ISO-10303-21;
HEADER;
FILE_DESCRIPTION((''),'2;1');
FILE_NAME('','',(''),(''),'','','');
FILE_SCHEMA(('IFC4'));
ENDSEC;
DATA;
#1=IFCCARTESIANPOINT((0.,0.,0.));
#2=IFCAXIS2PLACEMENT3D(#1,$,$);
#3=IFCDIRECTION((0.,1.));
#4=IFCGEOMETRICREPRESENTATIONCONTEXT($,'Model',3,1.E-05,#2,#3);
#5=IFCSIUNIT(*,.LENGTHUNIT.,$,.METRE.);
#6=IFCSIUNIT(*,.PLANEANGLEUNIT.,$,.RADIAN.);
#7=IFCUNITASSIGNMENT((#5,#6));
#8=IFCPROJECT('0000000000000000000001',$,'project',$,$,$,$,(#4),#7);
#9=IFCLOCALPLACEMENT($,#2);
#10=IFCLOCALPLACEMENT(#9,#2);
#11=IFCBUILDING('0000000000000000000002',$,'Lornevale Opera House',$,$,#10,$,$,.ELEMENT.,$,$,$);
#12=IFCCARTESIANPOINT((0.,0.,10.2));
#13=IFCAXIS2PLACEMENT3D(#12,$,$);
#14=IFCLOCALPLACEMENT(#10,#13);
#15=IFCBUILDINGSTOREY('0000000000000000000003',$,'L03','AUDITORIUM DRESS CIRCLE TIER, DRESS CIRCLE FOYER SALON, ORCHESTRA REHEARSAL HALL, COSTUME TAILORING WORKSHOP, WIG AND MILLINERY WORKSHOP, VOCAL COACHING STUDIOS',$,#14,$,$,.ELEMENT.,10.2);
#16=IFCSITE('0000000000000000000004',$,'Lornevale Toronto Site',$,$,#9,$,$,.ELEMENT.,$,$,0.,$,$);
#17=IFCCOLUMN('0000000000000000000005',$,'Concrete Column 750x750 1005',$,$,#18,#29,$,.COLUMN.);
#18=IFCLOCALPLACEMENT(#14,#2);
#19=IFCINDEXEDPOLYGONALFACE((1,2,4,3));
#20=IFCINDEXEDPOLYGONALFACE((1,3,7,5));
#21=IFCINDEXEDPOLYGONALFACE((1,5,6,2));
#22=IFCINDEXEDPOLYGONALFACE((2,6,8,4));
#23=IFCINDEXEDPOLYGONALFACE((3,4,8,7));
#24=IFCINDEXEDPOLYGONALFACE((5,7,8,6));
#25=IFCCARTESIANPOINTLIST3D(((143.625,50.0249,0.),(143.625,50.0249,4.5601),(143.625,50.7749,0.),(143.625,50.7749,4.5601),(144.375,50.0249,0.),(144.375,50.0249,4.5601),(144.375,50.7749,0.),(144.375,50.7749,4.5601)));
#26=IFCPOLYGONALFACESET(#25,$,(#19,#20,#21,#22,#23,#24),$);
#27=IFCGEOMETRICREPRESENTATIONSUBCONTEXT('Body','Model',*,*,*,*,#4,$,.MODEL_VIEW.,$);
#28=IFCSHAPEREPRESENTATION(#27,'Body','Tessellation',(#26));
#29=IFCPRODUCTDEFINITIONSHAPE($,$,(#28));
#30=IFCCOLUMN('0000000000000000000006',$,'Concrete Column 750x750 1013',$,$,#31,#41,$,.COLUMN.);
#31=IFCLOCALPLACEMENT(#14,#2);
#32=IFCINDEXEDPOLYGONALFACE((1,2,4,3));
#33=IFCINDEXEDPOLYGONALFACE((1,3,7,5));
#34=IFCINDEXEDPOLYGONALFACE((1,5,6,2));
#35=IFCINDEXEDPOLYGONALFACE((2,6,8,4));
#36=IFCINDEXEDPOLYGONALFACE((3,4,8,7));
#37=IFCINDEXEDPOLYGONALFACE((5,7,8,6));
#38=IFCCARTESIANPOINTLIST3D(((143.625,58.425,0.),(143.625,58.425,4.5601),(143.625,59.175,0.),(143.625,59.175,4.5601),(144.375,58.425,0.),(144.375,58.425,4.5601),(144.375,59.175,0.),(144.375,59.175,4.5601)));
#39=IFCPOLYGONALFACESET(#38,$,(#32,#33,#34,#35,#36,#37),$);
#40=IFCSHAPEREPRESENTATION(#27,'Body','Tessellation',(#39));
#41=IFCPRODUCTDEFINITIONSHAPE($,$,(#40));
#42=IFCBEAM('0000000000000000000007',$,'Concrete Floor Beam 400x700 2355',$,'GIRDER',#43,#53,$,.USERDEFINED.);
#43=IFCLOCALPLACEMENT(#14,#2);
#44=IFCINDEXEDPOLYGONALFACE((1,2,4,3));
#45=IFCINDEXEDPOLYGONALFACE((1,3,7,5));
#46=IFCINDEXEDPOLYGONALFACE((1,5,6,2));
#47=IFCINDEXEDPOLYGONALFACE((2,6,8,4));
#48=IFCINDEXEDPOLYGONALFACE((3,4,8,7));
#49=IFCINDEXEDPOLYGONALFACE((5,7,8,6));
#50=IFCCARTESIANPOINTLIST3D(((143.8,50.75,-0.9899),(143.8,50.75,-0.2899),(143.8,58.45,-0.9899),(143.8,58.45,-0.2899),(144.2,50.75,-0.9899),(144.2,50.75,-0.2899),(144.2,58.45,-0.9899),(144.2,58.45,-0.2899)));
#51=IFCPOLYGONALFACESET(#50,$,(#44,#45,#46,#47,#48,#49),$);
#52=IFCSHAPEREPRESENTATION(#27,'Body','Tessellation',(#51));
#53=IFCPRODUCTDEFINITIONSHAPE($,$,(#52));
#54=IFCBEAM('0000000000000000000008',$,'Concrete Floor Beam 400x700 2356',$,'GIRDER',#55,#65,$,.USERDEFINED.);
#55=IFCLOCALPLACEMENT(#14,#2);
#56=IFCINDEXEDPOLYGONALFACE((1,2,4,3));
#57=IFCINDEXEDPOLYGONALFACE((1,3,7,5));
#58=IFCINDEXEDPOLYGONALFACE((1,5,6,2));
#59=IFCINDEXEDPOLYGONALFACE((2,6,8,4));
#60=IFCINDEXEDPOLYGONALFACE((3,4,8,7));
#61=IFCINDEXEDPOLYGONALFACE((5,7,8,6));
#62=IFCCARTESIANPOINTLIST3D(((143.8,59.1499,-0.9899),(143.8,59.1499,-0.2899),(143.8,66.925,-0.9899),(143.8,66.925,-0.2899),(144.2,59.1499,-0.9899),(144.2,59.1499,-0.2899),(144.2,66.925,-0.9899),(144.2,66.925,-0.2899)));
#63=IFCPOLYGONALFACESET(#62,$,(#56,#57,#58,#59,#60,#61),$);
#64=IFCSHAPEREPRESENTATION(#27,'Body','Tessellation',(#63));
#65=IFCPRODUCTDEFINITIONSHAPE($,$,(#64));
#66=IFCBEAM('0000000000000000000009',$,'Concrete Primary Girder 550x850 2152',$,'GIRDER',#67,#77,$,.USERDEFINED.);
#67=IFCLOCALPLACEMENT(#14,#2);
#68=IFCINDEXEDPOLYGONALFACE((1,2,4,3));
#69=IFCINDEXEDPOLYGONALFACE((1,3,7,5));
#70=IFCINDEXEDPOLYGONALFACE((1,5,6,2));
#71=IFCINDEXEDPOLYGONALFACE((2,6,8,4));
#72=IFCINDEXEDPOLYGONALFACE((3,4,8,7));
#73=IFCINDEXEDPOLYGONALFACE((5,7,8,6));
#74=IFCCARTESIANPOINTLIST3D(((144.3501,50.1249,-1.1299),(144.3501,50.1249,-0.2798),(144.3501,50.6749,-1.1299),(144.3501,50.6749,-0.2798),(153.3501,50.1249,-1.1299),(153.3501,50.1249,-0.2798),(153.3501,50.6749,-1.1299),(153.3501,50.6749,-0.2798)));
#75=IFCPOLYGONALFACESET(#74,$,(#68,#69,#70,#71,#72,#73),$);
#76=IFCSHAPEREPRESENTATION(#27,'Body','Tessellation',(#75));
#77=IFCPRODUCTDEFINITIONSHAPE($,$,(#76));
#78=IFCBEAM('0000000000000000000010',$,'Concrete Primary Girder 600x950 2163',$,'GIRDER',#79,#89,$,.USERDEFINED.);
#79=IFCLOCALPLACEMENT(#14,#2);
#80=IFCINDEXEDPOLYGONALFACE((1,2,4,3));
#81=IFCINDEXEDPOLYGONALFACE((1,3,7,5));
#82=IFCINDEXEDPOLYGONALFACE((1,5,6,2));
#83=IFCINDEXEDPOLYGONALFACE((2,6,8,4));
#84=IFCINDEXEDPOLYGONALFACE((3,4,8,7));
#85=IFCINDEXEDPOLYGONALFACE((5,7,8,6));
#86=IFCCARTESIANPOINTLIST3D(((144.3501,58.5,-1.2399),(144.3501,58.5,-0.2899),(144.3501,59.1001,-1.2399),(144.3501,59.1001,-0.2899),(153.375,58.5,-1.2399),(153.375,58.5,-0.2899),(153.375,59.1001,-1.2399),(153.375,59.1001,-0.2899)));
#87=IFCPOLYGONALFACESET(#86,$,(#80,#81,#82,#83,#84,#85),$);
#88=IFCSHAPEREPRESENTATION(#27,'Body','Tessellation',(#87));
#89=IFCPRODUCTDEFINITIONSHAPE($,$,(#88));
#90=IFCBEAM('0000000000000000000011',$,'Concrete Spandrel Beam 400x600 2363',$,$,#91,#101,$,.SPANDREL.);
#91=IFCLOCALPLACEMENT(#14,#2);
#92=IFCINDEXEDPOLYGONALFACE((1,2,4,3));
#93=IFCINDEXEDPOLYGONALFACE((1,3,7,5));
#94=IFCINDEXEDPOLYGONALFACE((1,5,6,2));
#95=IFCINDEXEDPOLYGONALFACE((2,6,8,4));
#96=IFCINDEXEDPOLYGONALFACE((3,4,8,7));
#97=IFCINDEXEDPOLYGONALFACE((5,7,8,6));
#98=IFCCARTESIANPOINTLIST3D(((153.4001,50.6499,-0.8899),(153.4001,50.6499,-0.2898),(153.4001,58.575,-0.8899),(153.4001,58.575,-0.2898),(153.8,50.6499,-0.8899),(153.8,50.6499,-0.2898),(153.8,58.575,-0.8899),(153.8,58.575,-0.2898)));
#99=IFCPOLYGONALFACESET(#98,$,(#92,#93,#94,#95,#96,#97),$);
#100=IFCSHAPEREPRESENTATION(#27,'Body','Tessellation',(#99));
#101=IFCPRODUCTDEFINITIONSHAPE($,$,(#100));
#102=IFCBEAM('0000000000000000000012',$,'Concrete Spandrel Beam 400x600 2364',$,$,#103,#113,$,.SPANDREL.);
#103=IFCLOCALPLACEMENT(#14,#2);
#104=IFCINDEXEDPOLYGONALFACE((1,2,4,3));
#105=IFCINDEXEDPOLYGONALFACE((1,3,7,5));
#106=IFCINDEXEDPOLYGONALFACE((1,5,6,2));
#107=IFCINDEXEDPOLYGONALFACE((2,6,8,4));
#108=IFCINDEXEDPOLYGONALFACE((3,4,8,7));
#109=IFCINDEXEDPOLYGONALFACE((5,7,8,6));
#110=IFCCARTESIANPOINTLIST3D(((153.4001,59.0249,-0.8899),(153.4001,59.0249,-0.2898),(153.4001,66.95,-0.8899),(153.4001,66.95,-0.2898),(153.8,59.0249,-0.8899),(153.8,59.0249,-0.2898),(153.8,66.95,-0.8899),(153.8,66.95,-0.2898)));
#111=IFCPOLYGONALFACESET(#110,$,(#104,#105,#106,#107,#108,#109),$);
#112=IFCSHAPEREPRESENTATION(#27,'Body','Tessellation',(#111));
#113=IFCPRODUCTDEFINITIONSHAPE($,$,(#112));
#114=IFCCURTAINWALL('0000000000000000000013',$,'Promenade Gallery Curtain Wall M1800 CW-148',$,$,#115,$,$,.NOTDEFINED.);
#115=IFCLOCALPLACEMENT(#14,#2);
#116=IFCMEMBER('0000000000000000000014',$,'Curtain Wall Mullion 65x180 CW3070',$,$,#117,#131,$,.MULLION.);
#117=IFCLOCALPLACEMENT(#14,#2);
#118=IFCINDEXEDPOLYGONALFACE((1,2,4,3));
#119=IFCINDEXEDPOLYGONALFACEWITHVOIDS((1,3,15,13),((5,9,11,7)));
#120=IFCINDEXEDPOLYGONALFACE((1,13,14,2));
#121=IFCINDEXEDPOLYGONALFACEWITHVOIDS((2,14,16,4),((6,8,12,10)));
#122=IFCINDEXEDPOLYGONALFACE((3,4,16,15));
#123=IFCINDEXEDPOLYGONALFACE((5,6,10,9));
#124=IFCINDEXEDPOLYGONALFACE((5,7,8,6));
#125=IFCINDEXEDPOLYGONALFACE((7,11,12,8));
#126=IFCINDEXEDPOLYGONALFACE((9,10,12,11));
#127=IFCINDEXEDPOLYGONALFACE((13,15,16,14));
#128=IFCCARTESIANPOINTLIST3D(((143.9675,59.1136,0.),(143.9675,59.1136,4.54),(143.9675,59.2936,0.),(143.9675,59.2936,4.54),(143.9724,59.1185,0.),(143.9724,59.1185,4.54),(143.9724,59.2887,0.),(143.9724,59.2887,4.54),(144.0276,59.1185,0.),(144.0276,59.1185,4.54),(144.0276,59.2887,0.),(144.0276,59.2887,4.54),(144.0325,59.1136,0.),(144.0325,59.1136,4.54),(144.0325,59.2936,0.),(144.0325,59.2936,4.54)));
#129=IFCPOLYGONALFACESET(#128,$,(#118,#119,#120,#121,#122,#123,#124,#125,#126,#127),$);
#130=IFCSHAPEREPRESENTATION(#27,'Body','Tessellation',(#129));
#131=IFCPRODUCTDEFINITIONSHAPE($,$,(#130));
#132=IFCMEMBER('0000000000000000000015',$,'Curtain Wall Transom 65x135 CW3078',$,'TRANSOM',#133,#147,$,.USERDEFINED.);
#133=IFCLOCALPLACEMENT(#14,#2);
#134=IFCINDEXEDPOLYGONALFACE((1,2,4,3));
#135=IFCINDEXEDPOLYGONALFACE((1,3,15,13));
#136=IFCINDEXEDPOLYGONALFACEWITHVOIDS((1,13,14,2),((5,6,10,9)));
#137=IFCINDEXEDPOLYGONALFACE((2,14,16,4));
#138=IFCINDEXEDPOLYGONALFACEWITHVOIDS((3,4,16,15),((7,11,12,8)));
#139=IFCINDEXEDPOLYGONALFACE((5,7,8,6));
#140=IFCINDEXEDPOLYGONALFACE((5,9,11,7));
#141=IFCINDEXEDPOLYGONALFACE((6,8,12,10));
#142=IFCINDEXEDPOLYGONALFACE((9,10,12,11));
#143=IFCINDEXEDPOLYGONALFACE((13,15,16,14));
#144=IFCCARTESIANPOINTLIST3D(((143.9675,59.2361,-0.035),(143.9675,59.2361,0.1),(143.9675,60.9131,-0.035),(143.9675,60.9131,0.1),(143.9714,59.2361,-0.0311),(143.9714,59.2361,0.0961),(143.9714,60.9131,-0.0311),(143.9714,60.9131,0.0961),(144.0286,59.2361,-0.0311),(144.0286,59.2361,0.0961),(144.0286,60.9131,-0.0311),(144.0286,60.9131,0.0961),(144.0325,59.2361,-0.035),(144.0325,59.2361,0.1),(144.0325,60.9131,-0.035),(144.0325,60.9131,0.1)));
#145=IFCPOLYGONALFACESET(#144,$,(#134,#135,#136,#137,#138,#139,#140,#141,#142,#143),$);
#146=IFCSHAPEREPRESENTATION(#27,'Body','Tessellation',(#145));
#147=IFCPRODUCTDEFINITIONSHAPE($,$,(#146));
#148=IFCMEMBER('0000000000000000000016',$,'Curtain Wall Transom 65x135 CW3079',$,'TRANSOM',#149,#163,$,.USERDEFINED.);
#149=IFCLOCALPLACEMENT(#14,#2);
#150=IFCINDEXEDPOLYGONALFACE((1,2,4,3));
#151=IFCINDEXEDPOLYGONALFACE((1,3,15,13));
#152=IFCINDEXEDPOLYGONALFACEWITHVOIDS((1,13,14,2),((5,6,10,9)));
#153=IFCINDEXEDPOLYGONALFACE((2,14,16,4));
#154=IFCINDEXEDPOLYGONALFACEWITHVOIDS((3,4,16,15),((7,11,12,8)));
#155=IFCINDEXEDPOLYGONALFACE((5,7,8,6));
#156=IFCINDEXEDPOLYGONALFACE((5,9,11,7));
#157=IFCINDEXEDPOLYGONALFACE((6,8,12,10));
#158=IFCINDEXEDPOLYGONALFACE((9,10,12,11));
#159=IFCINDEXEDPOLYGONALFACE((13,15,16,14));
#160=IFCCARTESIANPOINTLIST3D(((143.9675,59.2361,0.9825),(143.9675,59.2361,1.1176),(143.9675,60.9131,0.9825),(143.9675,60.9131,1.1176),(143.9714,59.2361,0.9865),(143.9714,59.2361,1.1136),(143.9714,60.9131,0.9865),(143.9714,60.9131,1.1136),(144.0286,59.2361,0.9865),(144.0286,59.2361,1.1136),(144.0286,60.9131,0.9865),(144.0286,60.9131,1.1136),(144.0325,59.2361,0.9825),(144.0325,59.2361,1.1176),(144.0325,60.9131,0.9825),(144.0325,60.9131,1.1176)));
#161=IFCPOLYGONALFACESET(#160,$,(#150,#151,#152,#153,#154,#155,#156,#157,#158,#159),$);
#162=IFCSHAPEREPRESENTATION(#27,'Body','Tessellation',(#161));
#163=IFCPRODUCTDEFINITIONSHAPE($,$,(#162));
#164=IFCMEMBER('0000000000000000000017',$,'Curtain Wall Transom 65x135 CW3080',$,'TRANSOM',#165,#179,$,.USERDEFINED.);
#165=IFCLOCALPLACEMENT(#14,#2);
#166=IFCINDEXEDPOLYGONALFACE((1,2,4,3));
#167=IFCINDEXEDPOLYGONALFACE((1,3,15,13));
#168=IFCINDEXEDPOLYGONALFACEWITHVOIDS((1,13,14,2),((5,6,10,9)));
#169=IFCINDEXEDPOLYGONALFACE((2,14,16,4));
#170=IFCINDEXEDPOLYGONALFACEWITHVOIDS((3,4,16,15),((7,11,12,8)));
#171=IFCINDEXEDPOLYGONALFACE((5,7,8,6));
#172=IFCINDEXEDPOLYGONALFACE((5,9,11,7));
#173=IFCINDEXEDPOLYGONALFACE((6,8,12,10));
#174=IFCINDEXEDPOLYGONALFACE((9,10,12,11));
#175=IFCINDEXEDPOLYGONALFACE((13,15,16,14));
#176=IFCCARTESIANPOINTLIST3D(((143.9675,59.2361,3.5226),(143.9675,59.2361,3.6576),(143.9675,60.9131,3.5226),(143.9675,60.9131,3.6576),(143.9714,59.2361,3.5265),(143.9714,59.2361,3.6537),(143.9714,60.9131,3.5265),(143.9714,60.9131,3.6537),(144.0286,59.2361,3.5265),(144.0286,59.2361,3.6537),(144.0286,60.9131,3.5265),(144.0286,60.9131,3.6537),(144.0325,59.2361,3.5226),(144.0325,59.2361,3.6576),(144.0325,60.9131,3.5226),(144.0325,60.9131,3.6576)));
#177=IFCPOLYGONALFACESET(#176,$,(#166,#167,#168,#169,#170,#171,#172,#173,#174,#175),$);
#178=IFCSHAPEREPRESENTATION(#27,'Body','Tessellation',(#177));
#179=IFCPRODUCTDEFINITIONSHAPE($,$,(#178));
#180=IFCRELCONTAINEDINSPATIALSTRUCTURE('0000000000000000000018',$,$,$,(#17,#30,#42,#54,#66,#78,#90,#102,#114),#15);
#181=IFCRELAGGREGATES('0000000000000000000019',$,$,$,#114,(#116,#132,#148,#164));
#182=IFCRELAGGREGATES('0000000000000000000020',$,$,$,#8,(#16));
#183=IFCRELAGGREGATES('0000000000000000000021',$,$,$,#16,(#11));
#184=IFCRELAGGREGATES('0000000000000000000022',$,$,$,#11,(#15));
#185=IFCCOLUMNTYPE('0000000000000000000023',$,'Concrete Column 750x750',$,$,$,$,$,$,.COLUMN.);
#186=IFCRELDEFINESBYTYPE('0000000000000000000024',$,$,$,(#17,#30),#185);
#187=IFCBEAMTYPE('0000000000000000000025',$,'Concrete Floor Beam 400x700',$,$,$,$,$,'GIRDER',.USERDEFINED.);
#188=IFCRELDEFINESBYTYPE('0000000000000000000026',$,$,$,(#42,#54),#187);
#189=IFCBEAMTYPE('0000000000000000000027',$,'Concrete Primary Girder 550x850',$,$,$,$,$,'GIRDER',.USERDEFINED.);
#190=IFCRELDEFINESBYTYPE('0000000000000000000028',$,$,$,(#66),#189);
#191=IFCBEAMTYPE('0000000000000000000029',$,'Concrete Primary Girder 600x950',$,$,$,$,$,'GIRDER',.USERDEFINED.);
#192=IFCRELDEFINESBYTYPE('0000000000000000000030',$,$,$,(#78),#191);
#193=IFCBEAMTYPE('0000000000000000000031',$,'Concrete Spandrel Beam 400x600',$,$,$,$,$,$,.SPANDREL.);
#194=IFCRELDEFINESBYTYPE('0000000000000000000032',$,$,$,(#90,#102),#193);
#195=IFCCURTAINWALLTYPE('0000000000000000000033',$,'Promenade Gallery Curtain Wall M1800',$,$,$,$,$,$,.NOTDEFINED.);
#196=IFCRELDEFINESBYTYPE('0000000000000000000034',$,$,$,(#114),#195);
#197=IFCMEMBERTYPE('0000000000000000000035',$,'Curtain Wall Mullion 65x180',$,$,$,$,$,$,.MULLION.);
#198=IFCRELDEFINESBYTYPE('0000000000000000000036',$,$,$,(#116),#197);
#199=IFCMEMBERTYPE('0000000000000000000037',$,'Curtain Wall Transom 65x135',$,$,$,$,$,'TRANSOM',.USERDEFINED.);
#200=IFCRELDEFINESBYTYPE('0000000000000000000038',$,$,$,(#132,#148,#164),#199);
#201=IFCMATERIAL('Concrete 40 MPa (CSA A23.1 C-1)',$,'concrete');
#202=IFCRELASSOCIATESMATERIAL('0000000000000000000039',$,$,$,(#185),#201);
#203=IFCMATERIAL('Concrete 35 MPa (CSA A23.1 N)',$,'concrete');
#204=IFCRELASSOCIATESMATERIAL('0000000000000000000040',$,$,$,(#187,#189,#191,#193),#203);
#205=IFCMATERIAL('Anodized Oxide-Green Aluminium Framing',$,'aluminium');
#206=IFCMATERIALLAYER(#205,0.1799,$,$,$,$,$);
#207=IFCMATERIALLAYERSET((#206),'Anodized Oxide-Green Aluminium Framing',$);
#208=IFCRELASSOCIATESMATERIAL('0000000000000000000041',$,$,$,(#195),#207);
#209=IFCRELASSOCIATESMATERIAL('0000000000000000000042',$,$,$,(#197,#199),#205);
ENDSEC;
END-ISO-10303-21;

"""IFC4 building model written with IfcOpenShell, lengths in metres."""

from ifc_helpers import new_model, si_unit, direction, frame, origin, origin_2d, place, context, subcontext, project, spatial, rectangle, hollow_rectangle, extrude, material, layer, layer_set, material_profile, profile_set, type_object, element, aggregate, save


model = new_model("IFC4")

# Units and contexts
model_context = context("Model", 3, precision=1e-05, world=origin(), true_north=direction((0.0, 1.0)))
body_context = subcontext(model_context, "Body", "Model", "MODEL_VIEW")
ifc_project = project(units=[si_unit("LENGTHUNIT", "METRE"), si_unit("PLANEANGLEUNIT", "RADIAN")], contexts=[model_context])

# Site, building, storey
site_placement = place(None, origin())
site = spatial("IfcSite", under=ifc_project, at=site_placement, Name="Lornevale Toronto Site", CompositionType="ELEMENT", RefElevation=0.0)
building_placement = place(site_placement, origin())
building = spatial("IfcBuilding", under=site, at=building_placement, Name="Lornevale Opera House", CompositionType="ELEMENT")
storey_placement = place(building_placement, frame((0.0, 0.0, 10.2)))
storey = spatial("IfcBuildingStorey", under=building, at=storey_placement, Name="L03", Description="AUDITORIUM DRESS CIRCLE TIER, DRESS CIRCLE FOYER SALON, ORCHESTRA REHEARSAL HALL, COSTUME TAILORING WORKSHOP, WIG AND MILLINERY WORKSHOP, VOCAL COACHING STUDIOS", CompositionType="ELEMENT", Elevation=10.2)

# Columns
ifc_material_1 = material(Name="Concrete 40 MPa (CSA A23.1 C-1)", Category="concrete")
ifc_material_profile_1 = material_profile(ifc_material_1, rectangle(XDim=0.75, YDim=0.75, at=origin_2d()), Name="RC750x750")
ifc_profile_set_1 = profile_set([ifc_material_profile_1], Name="Concrete 40 MPa (CSA A23.1 C-1)")
column_type = type_object("IfcColumnType", Name="Concrete Column 750x750", PredefinedType="COLUMN", material=ifc_profile_set_1)
for number, where, z_axis, x_axis, name in (
    (1, (144.0, 50.3999, 0.0), (0.0, 0.0, 1.0), (1.0, 0.0, 0.0), "Concrete Column 750x750 1005"),
    (2, (144.0, 58.8, 0.0), (0.0, 0.0, 1.0), (1.0, 0.0, 0.0), "Concrete Column 750x750 1013"),
):
    element("IfcColumn", number, at=place(storey_placement, frame(where, z_axis=z_axis, x_axis=x_axis)), inside=storey, type_object=column_type, Name=name, PredefinedType="COLUMN", context=body_context, shape_type="SweptSolid", body=[
        extrude(rectangle(XDim=0.75, YDim=0.75, at=origin_2d()), origin(), (0.0, 0.0, 1.0), 4.5601),
    ])

# Beams
ifc_material_2 = material(Name="Concrete 35 MPa (CSA A23.1 N)", Category="concrete")
ifc_material_profile_2 = material_profile(ifc_material_2, rectangle(XDim=0.3999, YDim=0.7, at=origin_2d()), Name="RC400x700")
ifc_profile_set_2 = profile_set([ifc_material_profile_2], Name="Concrete 35 MPa (CSA A23.1 N)")
beam_type_1 = type_object("IfcBeamType", Name="Concrete Floor Beam 400x700", ElementType="GIRDER", PredefinedType="USERDEFINED", material=ifc_profile_set_2)
beam_1_placement = place(storey_placement, frame((144.0, 50.75, -0.6399), z_axis=(0.0, 1.0, 0.0), x_axis=(-1.0, 0.0, 0.0)))
element("IfcBeam", 3, at=beam_1_placement, inside=storey, type_object=beam_type_1, Name="Concrete Floor Beam 400x700 2355", ObjectType="GIRDER", PredefinedType="USERDEFINED", context=body_context, shape_type="SweptSolid", body=[
    extrude(rectangle(XDim=0.3999, YDim=0.7, at=origin_2d()), origin(), (0.0, 0.0, 1.0), 7.7),
])
beam_2_placement = place(storey_placement, frame((144.0, 59.1499, -0.6399), z_axis=(0.0, 1.0, 0.0), x_axis=(-1.0, 0.0, 0.0)))
element("IfcBeam", 4, at=beam_2_placement, inside=storey, type_object=beam_type_1, Name="Concrete Floor Beam 400x700 2356", ObjectType="GIRDER", PredefinedType="USERDEFINED", context=body_context, shape_type="SweptSolid", body=[
    extrude(rectangle(XDim=0.3999, YDim=0.7, at=origin_2d()), origin(), (0.0, 0.0, 1.0), 7.7751),
])
ifc_material_profile_3 = material_profile(ifc_material_2, rectangle(XDim=0.55, YDim=0.8501, at=origin_2d()), Name="RC550x850")
ifc_profile_set_3 = profile_set([ifc_material_profile_3], Name="Concrete 35 MPa (CSA A23.1 N)")
beam_type_2 = type_object("IfcBeamType", Name="Concrete Primary Girder 550x850", ElementType="GIRDER", PredefinedType="USERDEFINED", material=ifc_profile_set_3)
beam_3_placement = place(storey_placement, frame((144.3501, 50.3999, -0.7048), z_axis=(1.0, 0.0, 0.0), x_axis=(0.0, 1.0, 0.0)))
element("IfcBeam", 5, at=beam_3_placement, inside=storey, type_object=beam_type_2, Name="Concrete Primary Girder 550x850 2152", ObjectType="GIRDER", PredefinedType="USERDEFINED", context=body_context, shape_type="SweptSolid", body=[
    extrude(rectangle(XDim=0.55, YDim=0.8501, at=origin_2d()), origin(), (0.0, 0.0, 1.0), 9.0),
])
ifc_material_profile_4 = material_profile(ifc_material_2, rectangle(XDim=0.6001, YDim=0.95, at=origin_2d()), Name="RC600x950")
ifc_profile_set_4 = profile_set([ifc_material_profile_4], Name="Concrete 35 MPa (CSA A23.1 N)")
beam_type_3 = type_object("IfcBeamType", Name="Concrete Primary Girder 600x950", ElementType="GIRDER", PredefinedType="USERDEFINED", material=ifc_profile_set_4)
beam_4_placement = place(storey_placement, frame((144.3501, 58.8, -0.7649), z_axis=(1.0, 0.0, 0.0), x_axis=(0.0, 1.0, 0.0)))
element("IfcBeam", 6, at=beam_4_placement, inside=storey, type_object=beam_type_3, Name="Concrete Primary Girder 600x950 2163", ObjectType="GIRDER", PredefinedType="USERDEFINED", context=body_context, shape_type="SweptSolid", body=[
    extrude(rectangle(XDim=0.6001, YDim=0.95, at=origin_2d()), origin(), (0.0, 0.0, 1.0), 9.0249),
])
ifc_material_profile_5 = material_profile(ifc_material_2, rectangle(XDim=0.3999, YDim=0.6001, at=origin_2d()), Name="RC400x600")
ifc_profile_set_5 = profile_set([ifc_material_profile_5], Name="Concrete 35 MPa (CSA A23.1 N)")
beam_type_4 = type_object("IfcBeamType", Name="Concrete Spandrel Beam 400x600", PredefinedType="SPANDREL", material=ifc_profile_set_5)
for number, where, z_axis, x_axis, name in (
    (7, (153.6001, 50.6499, -0.5898), (0.0, 1.0, 0.0), (-1.0, 0.0, 0.0), "Concrete Spandrel Beam 400x600 2363"),
    (8, (153.6001, 59.0249, -0.5898), (0.0, 1.0, 0.0), (-1.0, 0.0, 0.0), "Concrete Spandrel Beam 400x600 2364"),
):
    element("IfcBeam", number, at=place(storey_placement, frame(where, z_axis=z_axis, x_axis=x_axis)), inside=storey, type_object=beam_type_4, Name=name, PredefinedType="SPANDREL", context=body_context, shape_type="SweptSolid", body=[
        extrude(rectangle(XDim=0.3999, YDim=0.6001, at=origin_2d()), origin(), (0.0, 0.0, 1.0), 7.925),
    ])

# Curtain wall, members
ifc_material_3 = material(Name="Anodized Oxide-Green Aluminium Framing", Category="aluminium")
ifc_layer_1 = layer(ifc_material_3, 0.1799)
ifc_layer_set_1 = layer_set([ifc_layer_1], Name="Anodized Oxide-Green Aluminium Framing")
curtain_wall_type = type_object("IfcCurtainWallType", Name="Promenade Gallery Curtain Wall M1800", PredefinedType="NOTDEFINED", material=ifc_layer_set_1)
curtain_wall_placement = place(storey_placement, origin())
curtain_wall = element("IfcCurtainWall", 9, at=curtain_wall_placement, inside=storey, type_object=curtain_wall_type, Name="Promenade Gallery Curtain Wall M1800 CW-148", PredefinedType="NOTDEFINED")
ifc_material_profile_6 = material_profile(ifc_material_3, hollow_rectangle(XDim=0.0649, YDim=0.1799, WallThickness=0.0049, at=origin_2d()), Name="ALU65x180x5")
ifc_profile_set_6 = profile_set([ifc_material_profile_6], Name="Anodized Oxide-Green Aluminium Framing")
member_type_1 = type_object("IfcMemberType", Name="Curtain Wall Mullion 65x180", PredefinedType="MULLION", material=ifc_profile_set_6)
member_1_placement = place(storey_placement, frame((144.0, 59.2036, 0.0), z_axis=(0.0, 0.0, 1.0), x_axis=(1.0, 0.0, 0.0)))
member_1 = element("IfcMember", 10, at=member_1_placement, type_object=member_type_1, Name="Curtain Wall Mullion 65x180 CW3070", PredefinedType="MULLION", context=body_context, shape_type="SweptSolid", body=[
    extrude(hollow_rectangle(XDim=0.0649, YDim=0.1799, WallThickness=0.0049, at=origin_2d()), origin(), (0.0, 0.0, 1.0), 4.54),
])
ifc_material_profile_7 = material_profile(ifc_material_3, hollow_rectangle(XDim=0.0649, YDim=0.135, WallThickness=0.0039, at=origin_2d()), Name="ALU65x135x4")
ifc_profile_set_7 = profile_set([ifc_material_profile_7], Name="Anodized Oxide-Green Aluminium Framing")
member_type_2 = type_object("IfcMemberType", Name="Curtain Wall Transom 65x135", ElementType="TRANSOM", PredefinedType="USERDEFINED", material=ifc_profile_set_7)
member_2_placement = place(storey_placement, frame((144.0, 60.9131, 0.0325), z_axis=(0.0, -1.0, 0.0), x_axis=(1.0, 0.0, 0.0)))
member_2 = element("IfcMember", 11, at=member_2_placement, type_object=member_type_2, Name="Curtain Wall Transom 65x135 CW3078", ObjectType="TRANSOM", PredefinedType="USERDEFINED", context=body_context, shape_type="SweptSolid", body=[
    extrude(hollow_rectangle(XDim=0.0649, YDim=0.135, WallThickness=0.0039, at=origin_2d()), origin(), (0.0, 0.0, 1.0), 1.677),
])
member_3_placement = place(storey_placement, frame((144.0, 60.9131, 1.05), z_axis=(0.0, -1.0, 0.0), x_axis=(1.0, 0.0, 0.0)))
member_3 = element("IfcMember", 12, at=member_3_placement, type_object=member_type_2, Name="Curtain Wall Transom 65x135 CW3079", ObjectType="TRANSOM", PredefinedType="USERDEFINED", context=body_context, shape_type="SweptSolid", body=[
    extrude(hollow_rectangle(XDim=0.0649, YDim=0.135, WallThickness=0.0039, at=origin_2d()), origin(), (0.0, 0.0, 1.0), 1.677),
])
member_4_placement = place(storey_placement, frame((144.0, 60.9131, 3.5901), z_axis=(0.0, -1.0, 0.0), x_axis=(1.0, 0.0, 0.0)))
member_4 = element("IfcMember", 13, at=member_4_placement, type_object=member_type_2, Name="Curtain Wall Transom 65x135 CW3080", ObjectType="TRANSOM", PredefinedType="USERDEFINED", context=body_context, shape_type="SweptSolid", body=[
    extrude(hollow_rectangle(XDim=0.0649, YDim=0.135, WallThickness=0.0039, at=origin_2d()), origin(), (0.0, 0.0, 1.0), 1.677),
])

aggregate(curtain_wall, [member_1, member_2, member_3, member_4])

save(model, "model.ifc")
